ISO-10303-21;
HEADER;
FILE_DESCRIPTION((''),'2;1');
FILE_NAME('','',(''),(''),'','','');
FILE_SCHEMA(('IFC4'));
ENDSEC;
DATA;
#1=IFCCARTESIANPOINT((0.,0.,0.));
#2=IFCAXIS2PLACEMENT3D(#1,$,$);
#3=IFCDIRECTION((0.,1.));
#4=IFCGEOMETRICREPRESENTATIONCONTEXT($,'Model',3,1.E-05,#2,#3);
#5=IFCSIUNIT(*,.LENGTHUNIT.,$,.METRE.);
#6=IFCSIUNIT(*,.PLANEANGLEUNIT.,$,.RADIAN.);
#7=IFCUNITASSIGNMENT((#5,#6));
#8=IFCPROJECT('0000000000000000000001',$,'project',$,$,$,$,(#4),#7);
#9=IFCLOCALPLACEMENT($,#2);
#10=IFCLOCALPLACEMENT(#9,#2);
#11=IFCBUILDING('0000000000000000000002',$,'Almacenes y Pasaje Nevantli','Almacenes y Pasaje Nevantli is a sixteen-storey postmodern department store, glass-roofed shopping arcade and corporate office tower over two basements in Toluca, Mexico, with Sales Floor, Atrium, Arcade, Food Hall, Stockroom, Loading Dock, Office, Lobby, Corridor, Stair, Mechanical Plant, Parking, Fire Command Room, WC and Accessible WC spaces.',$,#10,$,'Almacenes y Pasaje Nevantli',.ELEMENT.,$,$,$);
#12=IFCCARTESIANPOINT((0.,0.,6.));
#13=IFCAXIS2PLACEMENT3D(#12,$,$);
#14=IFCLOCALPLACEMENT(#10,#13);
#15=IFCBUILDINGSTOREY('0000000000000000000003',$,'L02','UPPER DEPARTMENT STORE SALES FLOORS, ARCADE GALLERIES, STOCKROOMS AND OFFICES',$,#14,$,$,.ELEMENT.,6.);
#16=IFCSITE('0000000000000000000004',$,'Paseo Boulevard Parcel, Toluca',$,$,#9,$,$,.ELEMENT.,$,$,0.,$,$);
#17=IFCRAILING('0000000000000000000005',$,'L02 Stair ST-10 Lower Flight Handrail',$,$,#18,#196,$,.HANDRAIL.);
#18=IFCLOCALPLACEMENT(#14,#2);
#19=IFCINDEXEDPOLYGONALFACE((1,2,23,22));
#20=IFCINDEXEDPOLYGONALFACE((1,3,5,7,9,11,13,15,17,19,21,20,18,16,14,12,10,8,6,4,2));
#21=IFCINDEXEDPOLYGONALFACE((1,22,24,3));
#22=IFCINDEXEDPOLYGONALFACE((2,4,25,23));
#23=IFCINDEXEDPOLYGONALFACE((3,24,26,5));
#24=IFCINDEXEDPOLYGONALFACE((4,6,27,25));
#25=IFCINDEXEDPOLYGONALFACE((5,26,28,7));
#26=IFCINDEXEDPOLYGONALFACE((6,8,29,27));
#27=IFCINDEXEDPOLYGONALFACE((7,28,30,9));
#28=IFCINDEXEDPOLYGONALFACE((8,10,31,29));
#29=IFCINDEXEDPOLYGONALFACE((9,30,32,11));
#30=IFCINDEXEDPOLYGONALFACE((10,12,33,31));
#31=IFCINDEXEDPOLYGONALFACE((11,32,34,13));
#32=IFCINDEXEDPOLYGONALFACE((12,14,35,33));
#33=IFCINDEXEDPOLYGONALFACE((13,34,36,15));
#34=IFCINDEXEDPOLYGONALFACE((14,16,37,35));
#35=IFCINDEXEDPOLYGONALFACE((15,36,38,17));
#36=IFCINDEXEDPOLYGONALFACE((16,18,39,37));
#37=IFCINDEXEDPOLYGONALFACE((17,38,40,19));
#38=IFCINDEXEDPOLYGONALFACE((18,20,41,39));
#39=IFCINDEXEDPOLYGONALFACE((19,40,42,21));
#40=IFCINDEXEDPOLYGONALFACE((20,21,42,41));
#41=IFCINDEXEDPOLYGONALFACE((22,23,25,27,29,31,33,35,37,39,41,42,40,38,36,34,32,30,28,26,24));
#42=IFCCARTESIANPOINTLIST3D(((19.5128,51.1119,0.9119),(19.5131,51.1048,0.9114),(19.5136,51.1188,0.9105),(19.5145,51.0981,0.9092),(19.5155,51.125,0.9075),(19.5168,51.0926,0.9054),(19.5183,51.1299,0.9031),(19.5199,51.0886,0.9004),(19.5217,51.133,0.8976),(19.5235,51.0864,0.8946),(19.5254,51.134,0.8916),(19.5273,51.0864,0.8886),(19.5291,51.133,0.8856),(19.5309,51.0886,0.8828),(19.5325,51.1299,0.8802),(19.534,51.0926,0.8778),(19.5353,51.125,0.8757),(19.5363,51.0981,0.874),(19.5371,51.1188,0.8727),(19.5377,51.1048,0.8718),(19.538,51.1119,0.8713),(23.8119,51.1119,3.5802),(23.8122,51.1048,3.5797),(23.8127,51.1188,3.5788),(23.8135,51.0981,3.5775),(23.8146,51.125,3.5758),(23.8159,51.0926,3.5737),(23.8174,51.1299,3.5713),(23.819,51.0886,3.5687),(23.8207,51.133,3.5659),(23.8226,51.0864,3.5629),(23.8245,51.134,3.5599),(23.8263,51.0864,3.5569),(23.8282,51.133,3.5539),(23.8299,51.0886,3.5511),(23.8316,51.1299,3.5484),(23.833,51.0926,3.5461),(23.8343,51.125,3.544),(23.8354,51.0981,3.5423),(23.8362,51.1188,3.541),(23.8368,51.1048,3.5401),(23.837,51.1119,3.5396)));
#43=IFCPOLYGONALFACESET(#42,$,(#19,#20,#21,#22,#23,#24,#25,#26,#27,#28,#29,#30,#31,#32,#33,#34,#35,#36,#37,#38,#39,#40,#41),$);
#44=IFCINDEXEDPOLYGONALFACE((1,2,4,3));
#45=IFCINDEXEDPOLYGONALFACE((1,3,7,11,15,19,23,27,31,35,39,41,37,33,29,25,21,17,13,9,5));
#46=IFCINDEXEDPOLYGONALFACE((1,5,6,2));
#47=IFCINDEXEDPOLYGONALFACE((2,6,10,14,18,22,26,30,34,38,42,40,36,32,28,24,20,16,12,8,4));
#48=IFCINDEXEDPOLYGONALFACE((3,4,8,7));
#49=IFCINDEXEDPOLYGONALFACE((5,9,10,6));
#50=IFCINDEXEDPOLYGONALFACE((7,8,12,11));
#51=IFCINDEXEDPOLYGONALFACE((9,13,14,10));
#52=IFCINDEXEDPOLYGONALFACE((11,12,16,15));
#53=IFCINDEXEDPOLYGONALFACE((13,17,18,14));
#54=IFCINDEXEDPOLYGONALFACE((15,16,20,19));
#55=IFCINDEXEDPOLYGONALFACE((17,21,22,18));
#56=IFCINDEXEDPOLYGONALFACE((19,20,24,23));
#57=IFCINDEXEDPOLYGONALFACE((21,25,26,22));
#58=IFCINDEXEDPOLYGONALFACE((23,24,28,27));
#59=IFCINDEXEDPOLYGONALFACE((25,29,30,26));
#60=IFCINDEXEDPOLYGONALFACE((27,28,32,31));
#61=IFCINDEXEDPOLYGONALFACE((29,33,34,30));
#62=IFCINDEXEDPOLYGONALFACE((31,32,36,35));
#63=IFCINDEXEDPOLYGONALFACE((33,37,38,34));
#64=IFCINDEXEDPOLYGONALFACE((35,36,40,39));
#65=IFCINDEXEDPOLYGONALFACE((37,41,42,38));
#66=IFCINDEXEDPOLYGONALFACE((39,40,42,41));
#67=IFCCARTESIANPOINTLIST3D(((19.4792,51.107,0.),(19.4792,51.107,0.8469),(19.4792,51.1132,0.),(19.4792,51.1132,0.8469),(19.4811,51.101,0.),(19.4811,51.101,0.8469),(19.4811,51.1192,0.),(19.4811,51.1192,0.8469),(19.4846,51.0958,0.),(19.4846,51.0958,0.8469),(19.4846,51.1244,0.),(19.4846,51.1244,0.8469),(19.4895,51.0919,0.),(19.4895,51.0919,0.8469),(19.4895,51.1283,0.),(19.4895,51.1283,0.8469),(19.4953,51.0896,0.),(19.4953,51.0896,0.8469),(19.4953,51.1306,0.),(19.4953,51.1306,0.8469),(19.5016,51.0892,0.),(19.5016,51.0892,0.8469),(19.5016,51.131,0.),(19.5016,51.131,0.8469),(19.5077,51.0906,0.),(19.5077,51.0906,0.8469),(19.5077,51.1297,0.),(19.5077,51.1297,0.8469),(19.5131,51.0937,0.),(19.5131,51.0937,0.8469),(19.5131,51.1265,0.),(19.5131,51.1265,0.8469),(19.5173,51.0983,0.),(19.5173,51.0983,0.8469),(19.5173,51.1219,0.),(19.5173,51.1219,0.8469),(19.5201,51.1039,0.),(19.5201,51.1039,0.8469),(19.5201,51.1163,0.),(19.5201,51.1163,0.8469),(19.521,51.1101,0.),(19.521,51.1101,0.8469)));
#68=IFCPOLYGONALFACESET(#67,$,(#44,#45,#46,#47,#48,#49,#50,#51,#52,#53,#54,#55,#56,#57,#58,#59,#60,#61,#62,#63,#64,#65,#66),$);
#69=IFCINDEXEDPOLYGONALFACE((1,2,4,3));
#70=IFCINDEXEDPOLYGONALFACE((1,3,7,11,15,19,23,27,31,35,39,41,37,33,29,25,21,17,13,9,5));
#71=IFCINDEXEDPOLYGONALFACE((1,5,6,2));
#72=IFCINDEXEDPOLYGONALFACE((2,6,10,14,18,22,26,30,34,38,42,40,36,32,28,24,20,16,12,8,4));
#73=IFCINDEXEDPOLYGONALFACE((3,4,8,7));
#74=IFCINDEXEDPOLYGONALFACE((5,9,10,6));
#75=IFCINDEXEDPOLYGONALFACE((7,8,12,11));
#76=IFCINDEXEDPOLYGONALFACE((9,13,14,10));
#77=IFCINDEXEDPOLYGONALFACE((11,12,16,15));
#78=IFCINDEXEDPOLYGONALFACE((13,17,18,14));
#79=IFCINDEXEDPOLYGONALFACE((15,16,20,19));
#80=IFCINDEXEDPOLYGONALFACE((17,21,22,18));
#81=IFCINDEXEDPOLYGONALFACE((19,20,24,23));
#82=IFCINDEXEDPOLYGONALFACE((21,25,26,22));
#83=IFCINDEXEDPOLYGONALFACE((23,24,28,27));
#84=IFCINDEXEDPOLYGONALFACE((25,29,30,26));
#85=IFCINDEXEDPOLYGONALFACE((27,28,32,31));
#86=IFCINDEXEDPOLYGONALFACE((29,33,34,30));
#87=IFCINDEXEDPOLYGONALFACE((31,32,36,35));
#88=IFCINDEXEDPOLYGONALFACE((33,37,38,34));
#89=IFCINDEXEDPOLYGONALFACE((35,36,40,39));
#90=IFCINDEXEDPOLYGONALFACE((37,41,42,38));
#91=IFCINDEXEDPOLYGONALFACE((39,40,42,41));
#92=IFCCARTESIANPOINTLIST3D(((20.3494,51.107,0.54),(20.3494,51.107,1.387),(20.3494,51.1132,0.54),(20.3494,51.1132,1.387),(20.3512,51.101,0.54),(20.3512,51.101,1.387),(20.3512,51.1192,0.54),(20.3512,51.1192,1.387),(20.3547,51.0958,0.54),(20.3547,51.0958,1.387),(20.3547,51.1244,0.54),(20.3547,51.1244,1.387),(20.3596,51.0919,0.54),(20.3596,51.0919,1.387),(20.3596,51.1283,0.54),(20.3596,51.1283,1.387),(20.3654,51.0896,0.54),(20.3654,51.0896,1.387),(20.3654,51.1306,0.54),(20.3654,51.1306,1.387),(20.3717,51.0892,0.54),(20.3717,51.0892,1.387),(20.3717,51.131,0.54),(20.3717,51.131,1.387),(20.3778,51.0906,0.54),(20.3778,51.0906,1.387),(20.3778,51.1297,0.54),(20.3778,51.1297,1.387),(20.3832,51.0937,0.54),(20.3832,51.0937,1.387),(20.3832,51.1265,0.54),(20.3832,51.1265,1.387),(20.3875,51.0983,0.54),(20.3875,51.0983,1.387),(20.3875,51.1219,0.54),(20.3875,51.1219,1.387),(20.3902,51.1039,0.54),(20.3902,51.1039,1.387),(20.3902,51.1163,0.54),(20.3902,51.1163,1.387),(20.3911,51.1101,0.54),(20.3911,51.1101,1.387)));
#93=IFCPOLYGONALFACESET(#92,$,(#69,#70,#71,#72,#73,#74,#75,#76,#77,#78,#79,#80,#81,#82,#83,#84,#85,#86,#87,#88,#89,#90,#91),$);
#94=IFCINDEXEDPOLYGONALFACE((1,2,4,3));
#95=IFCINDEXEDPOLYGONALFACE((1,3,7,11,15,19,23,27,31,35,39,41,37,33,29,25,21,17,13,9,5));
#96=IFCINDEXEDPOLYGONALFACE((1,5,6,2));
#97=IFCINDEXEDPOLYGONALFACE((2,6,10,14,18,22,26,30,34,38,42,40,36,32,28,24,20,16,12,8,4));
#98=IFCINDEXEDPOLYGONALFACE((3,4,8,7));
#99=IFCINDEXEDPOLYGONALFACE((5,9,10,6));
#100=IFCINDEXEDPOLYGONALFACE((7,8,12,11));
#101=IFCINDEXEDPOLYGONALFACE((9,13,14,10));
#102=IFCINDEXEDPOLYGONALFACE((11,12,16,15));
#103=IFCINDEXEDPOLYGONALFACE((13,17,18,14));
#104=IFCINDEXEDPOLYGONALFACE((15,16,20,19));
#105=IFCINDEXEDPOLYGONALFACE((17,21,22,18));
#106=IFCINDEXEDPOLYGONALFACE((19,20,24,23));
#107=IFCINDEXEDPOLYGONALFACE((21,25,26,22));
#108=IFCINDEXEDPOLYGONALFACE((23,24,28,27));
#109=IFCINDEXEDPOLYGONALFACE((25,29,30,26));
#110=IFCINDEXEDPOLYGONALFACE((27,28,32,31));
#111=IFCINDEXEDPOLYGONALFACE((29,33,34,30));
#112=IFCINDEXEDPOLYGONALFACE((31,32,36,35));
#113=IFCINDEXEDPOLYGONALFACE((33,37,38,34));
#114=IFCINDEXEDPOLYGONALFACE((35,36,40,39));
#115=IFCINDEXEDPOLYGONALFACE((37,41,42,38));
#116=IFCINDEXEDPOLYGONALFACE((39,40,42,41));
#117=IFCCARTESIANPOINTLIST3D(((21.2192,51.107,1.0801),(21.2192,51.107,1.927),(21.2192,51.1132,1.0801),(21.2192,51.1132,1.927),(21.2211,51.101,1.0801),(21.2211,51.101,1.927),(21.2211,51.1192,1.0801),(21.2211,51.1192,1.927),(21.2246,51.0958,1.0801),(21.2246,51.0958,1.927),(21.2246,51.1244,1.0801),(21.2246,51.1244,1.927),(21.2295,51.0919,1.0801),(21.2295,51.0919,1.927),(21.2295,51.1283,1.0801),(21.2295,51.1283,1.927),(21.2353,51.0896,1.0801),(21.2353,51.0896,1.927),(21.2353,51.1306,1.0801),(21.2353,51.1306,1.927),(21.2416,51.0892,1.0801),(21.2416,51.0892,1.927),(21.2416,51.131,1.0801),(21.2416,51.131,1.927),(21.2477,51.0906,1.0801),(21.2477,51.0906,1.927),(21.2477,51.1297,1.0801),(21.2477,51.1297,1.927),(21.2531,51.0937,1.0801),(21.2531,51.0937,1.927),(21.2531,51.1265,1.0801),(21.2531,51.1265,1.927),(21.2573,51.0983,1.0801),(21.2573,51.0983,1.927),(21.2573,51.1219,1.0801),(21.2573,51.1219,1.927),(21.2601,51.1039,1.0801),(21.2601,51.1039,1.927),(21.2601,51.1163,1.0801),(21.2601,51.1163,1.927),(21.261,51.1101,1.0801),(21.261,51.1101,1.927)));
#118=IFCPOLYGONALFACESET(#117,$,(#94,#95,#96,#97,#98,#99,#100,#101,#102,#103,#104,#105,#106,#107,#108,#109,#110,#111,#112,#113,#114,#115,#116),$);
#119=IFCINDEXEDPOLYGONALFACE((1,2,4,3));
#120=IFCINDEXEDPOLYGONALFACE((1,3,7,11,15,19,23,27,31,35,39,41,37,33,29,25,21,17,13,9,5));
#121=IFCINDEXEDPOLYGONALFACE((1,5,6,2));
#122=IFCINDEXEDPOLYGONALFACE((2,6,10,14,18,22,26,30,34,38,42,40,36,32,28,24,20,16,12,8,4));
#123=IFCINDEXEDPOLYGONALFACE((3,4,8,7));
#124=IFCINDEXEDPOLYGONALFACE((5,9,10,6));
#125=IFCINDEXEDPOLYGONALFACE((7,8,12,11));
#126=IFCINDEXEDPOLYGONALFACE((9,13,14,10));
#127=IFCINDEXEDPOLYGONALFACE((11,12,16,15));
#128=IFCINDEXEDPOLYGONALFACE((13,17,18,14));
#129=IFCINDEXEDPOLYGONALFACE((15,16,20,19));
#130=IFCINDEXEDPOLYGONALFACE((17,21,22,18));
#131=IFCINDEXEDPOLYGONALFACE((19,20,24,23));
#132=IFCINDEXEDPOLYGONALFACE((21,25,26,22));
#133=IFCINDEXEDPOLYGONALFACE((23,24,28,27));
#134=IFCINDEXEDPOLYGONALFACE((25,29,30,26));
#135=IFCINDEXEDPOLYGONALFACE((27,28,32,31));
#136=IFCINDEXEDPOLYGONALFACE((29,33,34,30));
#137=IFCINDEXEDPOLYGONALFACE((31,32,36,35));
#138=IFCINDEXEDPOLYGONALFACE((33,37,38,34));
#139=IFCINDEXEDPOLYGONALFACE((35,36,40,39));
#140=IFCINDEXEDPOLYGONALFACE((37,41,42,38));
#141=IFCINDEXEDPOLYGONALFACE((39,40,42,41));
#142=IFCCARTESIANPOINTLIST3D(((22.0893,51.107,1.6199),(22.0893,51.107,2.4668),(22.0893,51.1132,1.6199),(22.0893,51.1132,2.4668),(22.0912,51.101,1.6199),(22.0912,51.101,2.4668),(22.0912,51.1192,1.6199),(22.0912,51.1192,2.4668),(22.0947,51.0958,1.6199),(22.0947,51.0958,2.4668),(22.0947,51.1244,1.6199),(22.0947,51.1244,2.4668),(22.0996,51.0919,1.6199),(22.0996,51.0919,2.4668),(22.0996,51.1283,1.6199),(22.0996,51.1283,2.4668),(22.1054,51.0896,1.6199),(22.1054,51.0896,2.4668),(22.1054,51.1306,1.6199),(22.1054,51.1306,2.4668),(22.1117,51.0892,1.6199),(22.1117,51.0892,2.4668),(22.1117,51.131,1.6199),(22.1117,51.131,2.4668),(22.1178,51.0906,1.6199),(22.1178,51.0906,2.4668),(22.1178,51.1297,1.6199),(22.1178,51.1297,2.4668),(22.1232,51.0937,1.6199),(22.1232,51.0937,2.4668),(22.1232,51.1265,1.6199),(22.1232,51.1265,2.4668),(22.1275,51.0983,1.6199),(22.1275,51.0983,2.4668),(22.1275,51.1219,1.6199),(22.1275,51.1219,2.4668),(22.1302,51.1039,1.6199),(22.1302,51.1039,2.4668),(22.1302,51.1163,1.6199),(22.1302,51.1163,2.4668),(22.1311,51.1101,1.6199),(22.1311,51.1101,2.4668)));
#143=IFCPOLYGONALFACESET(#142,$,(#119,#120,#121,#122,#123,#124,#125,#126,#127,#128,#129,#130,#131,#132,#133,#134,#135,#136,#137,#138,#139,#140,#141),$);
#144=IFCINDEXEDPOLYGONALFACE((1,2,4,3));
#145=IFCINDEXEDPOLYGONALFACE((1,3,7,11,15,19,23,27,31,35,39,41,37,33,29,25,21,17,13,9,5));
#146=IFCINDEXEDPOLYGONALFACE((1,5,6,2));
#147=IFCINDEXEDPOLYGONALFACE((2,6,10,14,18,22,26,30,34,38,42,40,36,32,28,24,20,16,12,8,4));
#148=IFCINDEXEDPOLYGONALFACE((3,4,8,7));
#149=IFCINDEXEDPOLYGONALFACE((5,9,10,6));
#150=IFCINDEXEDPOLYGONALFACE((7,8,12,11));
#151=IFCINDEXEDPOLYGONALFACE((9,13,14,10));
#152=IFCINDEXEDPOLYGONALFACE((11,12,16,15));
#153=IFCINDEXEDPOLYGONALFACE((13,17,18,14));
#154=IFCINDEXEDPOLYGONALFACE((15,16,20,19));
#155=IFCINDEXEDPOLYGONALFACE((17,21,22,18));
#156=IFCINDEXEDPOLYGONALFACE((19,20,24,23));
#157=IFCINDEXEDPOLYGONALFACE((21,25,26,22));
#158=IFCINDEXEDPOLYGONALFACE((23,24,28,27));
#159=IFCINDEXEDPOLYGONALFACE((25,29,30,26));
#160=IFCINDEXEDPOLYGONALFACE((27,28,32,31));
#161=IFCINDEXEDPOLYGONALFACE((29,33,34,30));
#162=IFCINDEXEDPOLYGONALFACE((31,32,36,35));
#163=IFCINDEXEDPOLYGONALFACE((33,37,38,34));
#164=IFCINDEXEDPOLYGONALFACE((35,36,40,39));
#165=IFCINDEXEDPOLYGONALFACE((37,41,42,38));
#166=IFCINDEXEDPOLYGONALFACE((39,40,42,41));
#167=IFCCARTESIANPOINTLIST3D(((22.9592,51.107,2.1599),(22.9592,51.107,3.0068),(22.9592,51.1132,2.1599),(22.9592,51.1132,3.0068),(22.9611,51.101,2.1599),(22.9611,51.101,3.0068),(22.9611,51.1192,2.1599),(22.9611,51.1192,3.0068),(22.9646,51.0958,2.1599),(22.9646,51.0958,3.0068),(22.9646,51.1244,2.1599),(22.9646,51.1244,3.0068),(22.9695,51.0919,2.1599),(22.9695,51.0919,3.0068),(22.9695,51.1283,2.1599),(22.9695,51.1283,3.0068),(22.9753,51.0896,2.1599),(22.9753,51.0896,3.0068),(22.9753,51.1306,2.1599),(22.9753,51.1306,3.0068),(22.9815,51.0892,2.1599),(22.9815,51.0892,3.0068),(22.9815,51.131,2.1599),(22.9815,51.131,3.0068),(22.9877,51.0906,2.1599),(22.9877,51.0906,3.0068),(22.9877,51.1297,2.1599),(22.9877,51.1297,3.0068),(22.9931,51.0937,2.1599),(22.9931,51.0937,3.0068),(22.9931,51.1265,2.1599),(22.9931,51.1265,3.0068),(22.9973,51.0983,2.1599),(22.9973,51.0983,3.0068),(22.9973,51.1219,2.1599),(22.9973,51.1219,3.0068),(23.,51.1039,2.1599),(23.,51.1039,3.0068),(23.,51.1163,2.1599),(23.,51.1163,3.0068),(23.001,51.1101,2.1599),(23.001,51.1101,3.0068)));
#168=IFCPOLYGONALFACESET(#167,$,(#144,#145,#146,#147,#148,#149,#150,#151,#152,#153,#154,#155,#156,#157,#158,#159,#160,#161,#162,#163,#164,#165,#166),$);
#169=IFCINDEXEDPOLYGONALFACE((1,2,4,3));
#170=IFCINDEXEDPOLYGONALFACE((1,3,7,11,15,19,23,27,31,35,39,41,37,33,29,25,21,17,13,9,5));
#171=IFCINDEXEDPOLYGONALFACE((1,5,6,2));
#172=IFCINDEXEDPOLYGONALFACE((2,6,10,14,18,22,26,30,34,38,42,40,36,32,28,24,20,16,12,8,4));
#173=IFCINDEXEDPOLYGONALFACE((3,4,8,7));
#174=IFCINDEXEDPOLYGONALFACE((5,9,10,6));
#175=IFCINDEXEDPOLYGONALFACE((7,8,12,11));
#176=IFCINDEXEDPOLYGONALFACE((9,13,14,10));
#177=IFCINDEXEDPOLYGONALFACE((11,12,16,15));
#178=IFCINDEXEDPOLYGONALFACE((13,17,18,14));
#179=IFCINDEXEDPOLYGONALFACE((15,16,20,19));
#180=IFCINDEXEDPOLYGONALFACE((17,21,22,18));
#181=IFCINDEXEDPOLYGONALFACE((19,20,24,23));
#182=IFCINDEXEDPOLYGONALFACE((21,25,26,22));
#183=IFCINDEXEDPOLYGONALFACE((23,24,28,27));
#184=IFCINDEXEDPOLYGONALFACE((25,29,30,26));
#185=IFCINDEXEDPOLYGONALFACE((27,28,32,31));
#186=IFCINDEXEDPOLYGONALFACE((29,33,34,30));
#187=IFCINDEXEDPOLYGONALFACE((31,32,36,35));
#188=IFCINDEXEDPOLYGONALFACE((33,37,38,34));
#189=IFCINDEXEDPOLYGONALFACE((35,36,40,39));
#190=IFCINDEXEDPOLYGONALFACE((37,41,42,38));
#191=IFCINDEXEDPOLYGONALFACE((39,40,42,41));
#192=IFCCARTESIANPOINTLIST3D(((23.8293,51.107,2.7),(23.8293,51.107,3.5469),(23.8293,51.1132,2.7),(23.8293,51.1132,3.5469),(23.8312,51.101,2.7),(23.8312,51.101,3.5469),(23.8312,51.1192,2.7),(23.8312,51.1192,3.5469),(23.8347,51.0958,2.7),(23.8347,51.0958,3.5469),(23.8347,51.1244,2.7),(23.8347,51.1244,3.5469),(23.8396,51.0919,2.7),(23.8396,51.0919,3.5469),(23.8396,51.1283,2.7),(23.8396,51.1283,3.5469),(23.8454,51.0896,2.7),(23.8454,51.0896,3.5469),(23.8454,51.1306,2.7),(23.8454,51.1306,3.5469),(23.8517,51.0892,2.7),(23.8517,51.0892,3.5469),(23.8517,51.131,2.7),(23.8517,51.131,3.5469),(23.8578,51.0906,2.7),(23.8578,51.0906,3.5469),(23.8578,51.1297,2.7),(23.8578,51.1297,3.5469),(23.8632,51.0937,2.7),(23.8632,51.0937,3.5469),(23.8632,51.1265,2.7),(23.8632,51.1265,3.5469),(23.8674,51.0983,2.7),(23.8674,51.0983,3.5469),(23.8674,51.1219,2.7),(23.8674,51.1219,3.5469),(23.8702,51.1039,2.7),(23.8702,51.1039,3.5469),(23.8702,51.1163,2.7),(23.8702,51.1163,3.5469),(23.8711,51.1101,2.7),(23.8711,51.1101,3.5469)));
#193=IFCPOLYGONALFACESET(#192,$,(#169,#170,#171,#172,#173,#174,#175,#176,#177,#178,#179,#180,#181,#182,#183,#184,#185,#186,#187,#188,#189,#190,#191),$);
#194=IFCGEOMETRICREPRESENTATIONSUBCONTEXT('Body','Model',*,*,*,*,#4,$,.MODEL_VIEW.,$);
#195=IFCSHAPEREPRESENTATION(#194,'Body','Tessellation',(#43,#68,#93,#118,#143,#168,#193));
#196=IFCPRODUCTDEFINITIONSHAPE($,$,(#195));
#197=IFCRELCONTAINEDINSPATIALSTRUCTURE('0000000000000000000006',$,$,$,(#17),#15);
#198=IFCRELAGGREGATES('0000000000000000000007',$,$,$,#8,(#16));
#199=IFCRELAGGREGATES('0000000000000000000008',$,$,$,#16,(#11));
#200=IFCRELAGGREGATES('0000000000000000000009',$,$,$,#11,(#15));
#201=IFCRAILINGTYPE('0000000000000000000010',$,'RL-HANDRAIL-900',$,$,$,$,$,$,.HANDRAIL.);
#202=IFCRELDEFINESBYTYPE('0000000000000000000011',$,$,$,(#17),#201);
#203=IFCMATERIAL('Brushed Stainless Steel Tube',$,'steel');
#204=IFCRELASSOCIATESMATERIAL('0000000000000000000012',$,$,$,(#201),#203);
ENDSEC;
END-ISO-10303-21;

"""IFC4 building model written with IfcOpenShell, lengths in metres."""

from ifc_helpers import new_model, si_unit, direction, frame, origin, origin_2d, place, context, subcontext, project, spatial, circle, extrude, material, type_object, element, save


model = new_model("IFC4")

# Units and contexts
model_context = context("Model", 3, precision=1e-05, world=origin(), true_north=direction((0.0, 1.0)))
body_context = subcontext(model_context, "Body", "Model", "MODEL_VIEW")
ifc_project = project(units=[si_unit("LENGTHUNIT", "METRE"), si_unit("PLANEANGLEUNIT", "RADIAN")], contexts=[model_context])

# Site, building, storey
site_placement = place(None, origin())
site = spatial("IfcSite", under=ifc_project, at=site_placement, Name="Paseo Boulevard Parcel, Toluca", CompositionType="ELEMENT", RefElevation=0.0)
building_placement = place(site_placement, origin())
building = spatial("IfcBuilding", under=site, at=building_placement, Name="Almacenes y Pasaje Nevantli", Description="Almacenes y Pasaje Nevantli is a sixteen-storey postmodern department store, glass-roofed shopping arcade and corporate office tower over two basements in Toluca, Mexico, with Sales Floor, Atrium, Arcade, Food Hall, Stockroom, Loading Dock, Office, Lobby, Corridor, Stair, Mechanical Plant, Parking, Fire Command Room, WC and Accessible WC spaces.", LongName="Almacenes y Pasaje Nevantli", CompositionType="ELEMENT")
storey_placement = place(building_placement, frame((0.0, 0.0, 6.0)))
storey = spatial("IfcBuildingStorey", under=building, at=storey_placement, Name="L02", Description="UPPER DEPARTMENT STORE SALES FLOORS, ARCADE GALLERIES, STOCKROOMS AND OFFICES", CompositionType="ELEMENT", Elevation=6.0)

# Railing
ifc_material_1 = material(Name="Brushed Stainless Steel Tube", Category="steel")
railing_type_1 = type_object("IfcRailingType", Name="RL-HANDRAIL-900", PredefinedType="HANDRAIL", material=ifc_material_1)
railing_1_placement = place(storey_placement, frame((19.5, 51.1101, 0.0)))
element("IfcRailing", 1, at=railing_1_placement, inside=storey, type_object=railing_type_1, Name="L02 Stair ST-10 Lower Flight Handrail", PredefinedType="HANDRAIL", context=body_context, shape_type="SweptSolid", body=[
    extrude(circle(Radius=0.0239, at=origin_2d()), frame((0.0254, 0.0, 0.8916), z_axis=(0.84965, 0.0, 0.527347), x_axis=(0.0, 1.0, 0.0)), (0.0, 0.0, 1.0), 5.0598),
    extrude(circle(Radius=0.021, at=origin_2d()), origin(), (0.0, 0.0, 1.0), 0.8469),
    extrude(circle(Radius=0.021, at=origin_2d()), frame((0.8701, 0.0, 0.54)), (0.0, 0.0, 1.0), 0.8469),
    extrude(circle(Radius=0.021, at=origin_2d()), frame((1.74, 0.0, 1.0801)), (0.0, 0.0, 1.0), 0.8469),
    extrude(circle(Radius=0.021, at=origin_2d()), frame((2.6101, 0.0, 1.6199)), (0.0, 0.0, 1.0), 0.8469),
    extrude(circle(Radius=0.021, at=origin_2d()), frame((3.48, 0.0, 2.1599)), (0.0, 0.0, 1.0), 0.8469),
    extrude(circle(Radius=0.021, at=origin_2d()), frame((4.3501, 0.0, 2.7)), (0.0, 0.0, 1.0), 0.8469),
])

save(model, "model.ifc")
